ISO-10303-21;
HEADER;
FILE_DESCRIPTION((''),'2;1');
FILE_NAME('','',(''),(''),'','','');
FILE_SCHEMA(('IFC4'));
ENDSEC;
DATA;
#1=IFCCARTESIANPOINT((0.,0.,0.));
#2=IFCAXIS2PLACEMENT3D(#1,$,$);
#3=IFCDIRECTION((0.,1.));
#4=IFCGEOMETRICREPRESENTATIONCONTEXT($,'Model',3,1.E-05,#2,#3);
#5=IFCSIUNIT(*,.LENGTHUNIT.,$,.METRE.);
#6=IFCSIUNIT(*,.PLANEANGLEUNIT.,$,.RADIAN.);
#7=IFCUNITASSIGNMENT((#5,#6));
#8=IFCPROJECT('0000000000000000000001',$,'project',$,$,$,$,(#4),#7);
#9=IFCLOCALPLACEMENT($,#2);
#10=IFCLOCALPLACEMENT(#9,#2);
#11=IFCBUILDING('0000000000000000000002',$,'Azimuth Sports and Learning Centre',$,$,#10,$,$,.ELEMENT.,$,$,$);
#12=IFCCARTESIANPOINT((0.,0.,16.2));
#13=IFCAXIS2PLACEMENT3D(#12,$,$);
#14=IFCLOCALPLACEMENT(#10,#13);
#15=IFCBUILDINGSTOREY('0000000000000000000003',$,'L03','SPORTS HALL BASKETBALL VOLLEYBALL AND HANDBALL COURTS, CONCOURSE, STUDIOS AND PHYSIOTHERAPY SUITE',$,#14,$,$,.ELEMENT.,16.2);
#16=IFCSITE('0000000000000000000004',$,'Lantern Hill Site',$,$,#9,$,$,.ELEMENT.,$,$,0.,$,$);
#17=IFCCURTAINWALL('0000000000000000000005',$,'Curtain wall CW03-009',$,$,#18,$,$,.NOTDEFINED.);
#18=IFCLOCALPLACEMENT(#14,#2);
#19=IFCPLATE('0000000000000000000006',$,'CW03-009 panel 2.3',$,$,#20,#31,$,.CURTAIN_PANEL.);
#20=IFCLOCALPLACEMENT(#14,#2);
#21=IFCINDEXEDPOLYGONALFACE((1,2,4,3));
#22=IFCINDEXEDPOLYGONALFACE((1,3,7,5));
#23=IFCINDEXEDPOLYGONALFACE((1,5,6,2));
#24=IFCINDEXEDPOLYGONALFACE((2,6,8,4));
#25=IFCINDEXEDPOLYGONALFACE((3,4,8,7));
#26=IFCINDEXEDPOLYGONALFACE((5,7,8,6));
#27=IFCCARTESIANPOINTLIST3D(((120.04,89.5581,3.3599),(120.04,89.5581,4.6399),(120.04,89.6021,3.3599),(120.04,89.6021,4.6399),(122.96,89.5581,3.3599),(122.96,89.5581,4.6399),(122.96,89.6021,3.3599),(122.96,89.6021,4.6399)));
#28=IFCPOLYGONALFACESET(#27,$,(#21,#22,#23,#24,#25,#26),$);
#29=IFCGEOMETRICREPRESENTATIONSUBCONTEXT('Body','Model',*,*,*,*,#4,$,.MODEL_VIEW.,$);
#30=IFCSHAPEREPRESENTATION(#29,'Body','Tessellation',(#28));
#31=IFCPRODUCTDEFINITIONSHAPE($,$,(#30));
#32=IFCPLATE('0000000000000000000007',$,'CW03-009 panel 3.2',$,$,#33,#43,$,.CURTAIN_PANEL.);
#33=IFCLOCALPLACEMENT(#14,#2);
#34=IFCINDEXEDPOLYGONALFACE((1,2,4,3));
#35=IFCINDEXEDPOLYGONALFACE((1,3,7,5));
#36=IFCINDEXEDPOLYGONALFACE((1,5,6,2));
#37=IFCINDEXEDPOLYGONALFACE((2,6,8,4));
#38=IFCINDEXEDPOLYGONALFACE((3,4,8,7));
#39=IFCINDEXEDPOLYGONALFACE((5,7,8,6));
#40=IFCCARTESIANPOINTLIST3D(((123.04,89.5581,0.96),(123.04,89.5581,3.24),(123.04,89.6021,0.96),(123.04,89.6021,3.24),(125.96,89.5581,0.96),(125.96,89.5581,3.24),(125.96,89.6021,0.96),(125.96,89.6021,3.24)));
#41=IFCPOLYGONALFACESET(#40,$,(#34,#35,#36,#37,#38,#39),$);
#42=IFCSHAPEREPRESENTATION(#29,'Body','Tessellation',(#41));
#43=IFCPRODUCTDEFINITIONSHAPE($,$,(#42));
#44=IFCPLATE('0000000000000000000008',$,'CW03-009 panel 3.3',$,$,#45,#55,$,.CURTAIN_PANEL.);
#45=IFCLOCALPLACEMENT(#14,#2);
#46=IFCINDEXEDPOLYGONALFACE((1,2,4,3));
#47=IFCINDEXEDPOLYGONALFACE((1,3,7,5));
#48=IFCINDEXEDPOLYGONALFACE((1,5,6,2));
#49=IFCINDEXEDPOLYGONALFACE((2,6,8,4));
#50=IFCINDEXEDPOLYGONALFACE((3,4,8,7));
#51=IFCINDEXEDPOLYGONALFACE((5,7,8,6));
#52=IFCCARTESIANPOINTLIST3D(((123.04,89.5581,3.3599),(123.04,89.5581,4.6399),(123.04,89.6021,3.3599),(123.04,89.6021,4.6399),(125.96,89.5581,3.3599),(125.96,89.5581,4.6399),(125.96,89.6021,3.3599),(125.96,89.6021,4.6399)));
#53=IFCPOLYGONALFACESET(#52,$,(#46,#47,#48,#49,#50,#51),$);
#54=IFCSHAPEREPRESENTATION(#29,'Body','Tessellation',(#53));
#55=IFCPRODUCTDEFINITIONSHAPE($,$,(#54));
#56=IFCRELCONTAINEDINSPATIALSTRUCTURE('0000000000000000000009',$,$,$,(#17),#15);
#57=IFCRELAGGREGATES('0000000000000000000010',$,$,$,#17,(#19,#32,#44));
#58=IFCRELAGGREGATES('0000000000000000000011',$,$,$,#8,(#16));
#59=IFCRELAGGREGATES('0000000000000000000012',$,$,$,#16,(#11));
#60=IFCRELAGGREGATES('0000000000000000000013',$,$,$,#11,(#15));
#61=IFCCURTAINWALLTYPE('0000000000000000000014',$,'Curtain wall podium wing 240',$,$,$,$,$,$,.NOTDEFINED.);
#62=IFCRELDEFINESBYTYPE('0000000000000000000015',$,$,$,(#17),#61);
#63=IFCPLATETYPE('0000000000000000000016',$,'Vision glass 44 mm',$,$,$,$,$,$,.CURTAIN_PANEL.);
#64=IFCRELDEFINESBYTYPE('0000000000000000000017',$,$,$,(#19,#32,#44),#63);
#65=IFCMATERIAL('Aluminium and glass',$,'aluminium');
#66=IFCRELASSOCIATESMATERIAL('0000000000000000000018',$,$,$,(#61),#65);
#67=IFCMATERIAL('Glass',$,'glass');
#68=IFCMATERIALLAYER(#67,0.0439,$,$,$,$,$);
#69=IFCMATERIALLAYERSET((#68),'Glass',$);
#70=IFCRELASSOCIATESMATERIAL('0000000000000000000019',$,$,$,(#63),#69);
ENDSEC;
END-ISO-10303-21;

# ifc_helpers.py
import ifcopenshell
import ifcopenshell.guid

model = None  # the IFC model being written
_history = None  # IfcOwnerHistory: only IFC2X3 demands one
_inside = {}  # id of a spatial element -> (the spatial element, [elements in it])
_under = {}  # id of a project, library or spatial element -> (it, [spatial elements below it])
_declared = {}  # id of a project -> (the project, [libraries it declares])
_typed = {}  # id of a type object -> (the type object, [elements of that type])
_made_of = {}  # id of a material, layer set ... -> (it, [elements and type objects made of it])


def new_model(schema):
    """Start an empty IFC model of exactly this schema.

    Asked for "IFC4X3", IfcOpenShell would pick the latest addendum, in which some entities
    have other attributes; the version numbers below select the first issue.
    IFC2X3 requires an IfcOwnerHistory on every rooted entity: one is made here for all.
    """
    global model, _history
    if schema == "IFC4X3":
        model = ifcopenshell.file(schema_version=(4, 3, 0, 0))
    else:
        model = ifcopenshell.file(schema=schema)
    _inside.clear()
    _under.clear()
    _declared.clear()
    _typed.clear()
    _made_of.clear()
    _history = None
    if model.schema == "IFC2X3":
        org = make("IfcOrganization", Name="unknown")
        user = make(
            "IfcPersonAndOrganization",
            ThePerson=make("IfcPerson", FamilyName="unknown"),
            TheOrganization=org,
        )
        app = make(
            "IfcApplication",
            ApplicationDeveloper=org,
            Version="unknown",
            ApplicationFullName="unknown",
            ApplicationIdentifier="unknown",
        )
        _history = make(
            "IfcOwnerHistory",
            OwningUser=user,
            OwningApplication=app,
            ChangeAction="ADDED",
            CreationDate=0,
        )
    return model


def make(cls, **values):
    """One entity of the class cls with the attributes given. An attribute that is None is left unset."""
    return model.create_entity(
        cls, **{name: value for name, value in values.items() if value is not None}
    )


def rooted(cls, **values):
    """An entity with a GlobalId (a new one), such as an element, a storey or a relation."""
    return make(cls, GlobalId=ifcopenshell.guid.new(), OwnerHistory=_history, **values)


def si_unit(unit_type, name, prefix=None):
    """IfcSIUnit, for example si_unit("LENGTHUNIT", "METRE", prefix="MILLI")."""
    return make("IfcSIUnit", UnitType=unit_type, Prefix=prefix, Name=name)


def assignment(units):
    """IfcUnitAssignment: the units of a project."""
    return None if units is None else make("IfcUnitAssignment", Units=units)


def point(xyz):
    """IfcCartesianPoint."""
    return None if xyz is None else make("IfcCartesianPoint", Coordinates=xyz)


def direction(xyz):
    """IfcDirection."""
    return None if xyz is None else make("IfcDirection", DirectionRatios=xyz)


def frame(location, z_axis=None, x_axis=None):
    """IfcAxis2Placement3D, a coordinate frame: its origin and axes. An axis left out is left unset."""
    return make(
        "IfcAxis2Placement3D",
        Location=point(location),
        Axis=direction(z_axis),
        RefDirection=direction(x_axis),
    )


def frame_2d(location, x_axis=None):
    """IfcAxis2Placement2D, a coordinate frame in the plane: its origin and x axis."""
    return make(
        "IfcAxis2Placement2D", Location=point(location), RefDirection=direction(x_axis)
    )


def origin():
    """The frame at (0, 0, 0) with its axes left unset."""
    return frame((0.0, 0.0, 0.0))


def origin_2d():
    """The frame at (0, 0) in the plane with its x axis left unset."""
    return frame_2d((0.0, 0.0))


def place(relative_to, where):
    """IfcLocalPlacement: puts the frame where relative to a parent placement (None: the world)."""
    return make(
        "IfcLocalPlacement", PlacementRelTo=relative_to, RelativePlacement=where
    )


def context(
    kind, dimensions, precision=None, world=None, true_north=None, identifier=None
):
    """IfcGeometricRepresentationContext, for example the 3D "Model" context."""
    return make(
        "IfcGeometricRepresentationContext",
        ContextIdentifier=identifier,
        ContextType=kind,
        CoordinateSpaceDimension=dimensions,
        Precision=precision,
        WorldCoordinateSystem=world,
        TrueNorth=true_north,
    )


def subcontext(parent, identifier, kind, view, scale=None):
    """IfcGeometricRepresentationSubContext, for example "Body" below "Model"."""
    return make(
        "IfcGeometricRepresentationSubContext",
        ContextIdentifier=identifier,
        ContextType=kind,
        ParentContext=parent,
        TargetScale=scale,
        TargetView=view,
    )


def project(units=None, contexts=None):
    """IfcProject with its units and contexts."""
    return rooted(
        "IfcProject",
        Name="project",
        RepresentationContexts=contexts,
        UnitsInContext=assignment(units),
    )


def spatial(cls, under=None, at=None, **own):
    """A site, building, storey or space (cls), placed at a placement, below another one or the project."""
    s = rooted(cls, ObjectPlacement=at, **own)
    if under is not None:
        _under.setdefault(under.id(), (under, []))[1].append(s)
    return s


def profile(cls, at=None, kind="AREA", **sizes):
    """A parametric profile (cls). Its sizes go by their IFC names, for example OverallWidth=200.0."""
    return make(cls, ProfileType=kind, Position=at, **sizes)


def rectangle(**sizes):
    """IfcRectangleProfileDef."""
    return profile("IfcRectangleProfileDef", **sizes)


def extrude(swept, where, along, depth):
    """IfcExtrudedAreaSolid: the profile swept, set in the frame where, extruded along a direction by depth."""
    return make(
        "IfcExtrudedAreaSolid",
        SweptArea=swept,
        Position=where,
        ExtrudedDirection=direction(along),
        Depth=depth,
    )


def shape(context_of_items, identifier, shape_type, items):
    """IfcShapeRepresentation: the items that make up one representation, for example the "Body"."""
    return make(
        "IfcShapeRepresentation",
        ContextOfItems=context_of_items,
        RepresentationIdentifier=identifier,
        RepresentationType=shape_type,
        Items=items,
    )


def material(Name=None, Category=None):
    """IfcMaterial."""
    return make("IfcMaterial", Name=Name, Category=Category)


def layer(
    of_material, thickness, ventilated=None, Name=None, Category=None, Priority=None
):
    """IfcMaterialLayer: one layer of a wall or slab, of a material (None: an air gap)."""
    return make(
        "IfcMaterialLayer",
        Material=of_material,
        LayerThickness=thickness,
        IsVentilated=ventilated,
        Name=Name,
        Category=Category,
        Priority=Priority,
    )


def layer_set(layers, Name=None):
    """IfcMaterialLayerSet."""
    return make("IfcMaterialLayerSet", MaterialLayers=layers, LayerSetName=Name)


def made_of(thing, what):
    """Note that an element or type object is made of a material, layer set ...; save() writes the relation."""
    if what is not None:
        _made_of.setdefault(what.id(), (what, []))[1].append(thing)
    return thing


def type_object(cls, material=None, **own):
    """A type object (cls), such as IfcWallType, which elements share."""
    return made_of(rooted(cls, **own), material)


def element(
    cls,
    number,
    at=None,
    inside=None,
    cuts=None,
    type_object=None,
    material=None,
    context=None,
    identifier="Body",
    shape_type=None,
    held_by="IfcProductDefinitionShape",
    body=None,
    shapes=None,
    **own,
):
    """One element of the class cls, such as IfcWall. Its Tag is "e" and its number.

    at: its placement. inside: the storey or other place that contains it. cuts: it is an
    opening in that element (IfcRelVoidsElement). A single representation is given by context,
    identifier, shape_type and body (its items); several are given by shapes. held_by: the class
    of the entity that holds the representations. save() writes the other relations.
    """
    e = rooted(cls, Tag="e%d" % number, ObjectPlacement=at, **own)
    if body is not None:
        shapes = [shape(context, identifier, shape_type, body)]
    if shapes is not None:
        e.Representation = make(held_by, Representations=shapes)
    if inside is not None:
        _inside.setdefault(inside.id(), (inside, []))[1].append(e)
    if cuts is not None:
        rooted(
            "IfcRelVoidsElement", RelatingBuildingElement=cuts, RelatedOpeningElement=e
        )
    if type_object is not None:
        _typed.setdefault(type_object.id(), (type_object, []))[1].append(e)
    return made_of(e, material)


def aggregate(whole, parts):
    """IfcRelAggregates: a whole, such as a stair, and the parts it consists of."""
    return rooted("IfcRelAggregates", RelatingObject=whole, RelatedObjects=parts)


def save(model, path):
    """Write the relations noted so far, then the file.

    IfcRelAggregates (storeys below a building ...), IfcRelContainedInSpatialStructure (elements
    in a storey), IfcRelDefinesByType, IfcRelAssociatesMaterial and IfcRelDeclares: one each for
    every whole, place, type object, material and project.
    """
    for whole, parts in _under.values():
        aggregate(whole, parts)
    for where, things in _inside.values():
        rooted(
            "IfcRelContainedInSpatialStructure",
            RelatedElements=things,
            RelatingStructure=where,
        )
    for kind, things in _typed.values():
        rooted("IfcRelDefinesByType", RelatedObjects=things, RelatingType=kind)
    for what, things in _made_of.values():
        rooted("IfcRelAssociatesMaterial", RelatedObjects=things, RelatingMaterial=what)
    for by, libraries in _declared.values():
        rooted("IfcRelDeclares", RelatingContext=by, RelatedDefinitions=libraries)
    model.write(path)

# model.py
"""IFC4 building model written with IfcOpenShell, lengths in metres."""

from ifc_helpers import new_model, si_unit, direction, frame, origin, origin_2d, place, context, subcontext, project, spatial, rectangle, extrude, material, layer, layer_set, type_object, element, aggregate, save


model = new_model("IFC4")

# Units and contexts
model_context = context("Model", 3, precision=1e-05, world=origin(), true_north=direction((0.0, 1.0)))
body_context = subcontext(model_context, "Body", "Model", "MODEL_VIEW")
ifc_project = project(units=[si_unit("LENGTHUNIT", "METRE"), si_unit("PLANEANGLEUNIT", "RADIAN")], contexts=[model_context])

# Site, building, storey
site_placement = place(None, origin())
site = spatial("IfcSite", under=ifc_project, at=site_placement, Name="Lantern Hill Site", CompositionType="ELEMENT", RefElevation=0.0)
building_placement = place(site_placement, origin())
building = spatial("IfcBuilding", under=site, at=building_placement, Name="Azimuth Sports and Learning Centre", CompositionType="ELEMENT")
storey_placement = place(building_placement, frame((0.0, 0.0, 16.2)))
storey = spatial("IfcBuildingStorey", under=building, at=storey_placement, Name="L03", Description="SPORTS HALL BASKETBALL VOLLEYBALL AND HANDBALL COURTS, CONCOURSE, STUDIOS AND PHYSIOTHERAPY SUITE", CompositionType="ELEMENT", Elevation=16.2)

# Curtain wall
ifc_material_1 = material(Name="Aluminium and glass", Category="aluminium")
curtain_wall_type_1 = type_object("IfcCurtainWallType", Name="Curtain wall podium wing 240", PredefinedType="NOTDEFINED", material=ifc_material_1)
curtain_wall_1_placement = place(storey_placement, origin())
curtain_wall_1 = element("IfcCurtainWall", 1, at=curtain_wall_1_placement, inside=storey, type_object=curtain_wall_type_1, Name="Curtain wall CW03-009", PredefinedType="NOTDEFINED")

# Plates
ifc_material_2 = material(Name="Glass", Category="glass")
ifc_layer_1 = layer(ifc_material_2, 0.0439)
ifc_layer_set_1 = layer_set([ifc_layer_1], Name="Glass")
plate_type_1 = type_object("IfcPlateType", Name="Vision glass 44 mm", PredefinedType="CURTAIN_PANEL", material=ifc_layer_set_1)
plate_1_placement = place(storey_placement, frame((121.5, 89.5801, 3.3599), z_axis=(0.0, 0.0, 1.0), x_axis=(1.0, 0.0, 0.0)))
plate_1 = element("IfcPlate", 2, at=plate_1_placement, type_object=plate_type_1, Name="CW03-009 panel 2.3", PredefinedType="CURTAIN_PANEL", context=body_context, shape_type="SweptSolid", body=[
    extrude(rectangle(XDim=2.9199, YDim=0.0439, at=origin_2d()), origin(), (0.0, 0.0, 1.0), 1.28),
])
plate_2_placement = place(storey_placement, frame((124.5, 89.5801, 0.96), z_axis=(0.0, 0.0, 1.0), x_axis=(1.0, 0.0, 0.0)))
plate_2 = element("IfcPlate", 3, at=plate_2_placement, type_object=plate_type_1, Name="CW03-009 panel 3.2", PredefinedType="CURTAIN_PANEL", context=body_context, shape_type="SweptSolid", body=[
    extrude(rectangle(XDim=2.9199, YDim=0.0439, at=origin_2d()), origin(), (0.0, 0.0, 1.0), 2.28),
])
plate_3_placement = place(storey_placement, frame((124.5, 89.5801, 3.3599), z_axis=(0.0, 0.0, 1.0), x_axis=(1.0, 0.0, 0.0)))
plate_3 = element("IfcPlate", 4, at=plate_3_placement, type_object=plate_type_1, Name="CW03-009 panel 3.3", PredefinedType="CURTAIN_PANEL", context=body_context, shape_type="SweptSolid", body=[
    extrude(rectangle(XDim=2.9199, YDim=0.0439, at=origin_2d()), origin(), (0.0, 0.0, 1.0), 1.28),
])
aggregate(curtain_wall_1, [plate_1, plate_2, plate_3])

save(model, "model.ifc")
